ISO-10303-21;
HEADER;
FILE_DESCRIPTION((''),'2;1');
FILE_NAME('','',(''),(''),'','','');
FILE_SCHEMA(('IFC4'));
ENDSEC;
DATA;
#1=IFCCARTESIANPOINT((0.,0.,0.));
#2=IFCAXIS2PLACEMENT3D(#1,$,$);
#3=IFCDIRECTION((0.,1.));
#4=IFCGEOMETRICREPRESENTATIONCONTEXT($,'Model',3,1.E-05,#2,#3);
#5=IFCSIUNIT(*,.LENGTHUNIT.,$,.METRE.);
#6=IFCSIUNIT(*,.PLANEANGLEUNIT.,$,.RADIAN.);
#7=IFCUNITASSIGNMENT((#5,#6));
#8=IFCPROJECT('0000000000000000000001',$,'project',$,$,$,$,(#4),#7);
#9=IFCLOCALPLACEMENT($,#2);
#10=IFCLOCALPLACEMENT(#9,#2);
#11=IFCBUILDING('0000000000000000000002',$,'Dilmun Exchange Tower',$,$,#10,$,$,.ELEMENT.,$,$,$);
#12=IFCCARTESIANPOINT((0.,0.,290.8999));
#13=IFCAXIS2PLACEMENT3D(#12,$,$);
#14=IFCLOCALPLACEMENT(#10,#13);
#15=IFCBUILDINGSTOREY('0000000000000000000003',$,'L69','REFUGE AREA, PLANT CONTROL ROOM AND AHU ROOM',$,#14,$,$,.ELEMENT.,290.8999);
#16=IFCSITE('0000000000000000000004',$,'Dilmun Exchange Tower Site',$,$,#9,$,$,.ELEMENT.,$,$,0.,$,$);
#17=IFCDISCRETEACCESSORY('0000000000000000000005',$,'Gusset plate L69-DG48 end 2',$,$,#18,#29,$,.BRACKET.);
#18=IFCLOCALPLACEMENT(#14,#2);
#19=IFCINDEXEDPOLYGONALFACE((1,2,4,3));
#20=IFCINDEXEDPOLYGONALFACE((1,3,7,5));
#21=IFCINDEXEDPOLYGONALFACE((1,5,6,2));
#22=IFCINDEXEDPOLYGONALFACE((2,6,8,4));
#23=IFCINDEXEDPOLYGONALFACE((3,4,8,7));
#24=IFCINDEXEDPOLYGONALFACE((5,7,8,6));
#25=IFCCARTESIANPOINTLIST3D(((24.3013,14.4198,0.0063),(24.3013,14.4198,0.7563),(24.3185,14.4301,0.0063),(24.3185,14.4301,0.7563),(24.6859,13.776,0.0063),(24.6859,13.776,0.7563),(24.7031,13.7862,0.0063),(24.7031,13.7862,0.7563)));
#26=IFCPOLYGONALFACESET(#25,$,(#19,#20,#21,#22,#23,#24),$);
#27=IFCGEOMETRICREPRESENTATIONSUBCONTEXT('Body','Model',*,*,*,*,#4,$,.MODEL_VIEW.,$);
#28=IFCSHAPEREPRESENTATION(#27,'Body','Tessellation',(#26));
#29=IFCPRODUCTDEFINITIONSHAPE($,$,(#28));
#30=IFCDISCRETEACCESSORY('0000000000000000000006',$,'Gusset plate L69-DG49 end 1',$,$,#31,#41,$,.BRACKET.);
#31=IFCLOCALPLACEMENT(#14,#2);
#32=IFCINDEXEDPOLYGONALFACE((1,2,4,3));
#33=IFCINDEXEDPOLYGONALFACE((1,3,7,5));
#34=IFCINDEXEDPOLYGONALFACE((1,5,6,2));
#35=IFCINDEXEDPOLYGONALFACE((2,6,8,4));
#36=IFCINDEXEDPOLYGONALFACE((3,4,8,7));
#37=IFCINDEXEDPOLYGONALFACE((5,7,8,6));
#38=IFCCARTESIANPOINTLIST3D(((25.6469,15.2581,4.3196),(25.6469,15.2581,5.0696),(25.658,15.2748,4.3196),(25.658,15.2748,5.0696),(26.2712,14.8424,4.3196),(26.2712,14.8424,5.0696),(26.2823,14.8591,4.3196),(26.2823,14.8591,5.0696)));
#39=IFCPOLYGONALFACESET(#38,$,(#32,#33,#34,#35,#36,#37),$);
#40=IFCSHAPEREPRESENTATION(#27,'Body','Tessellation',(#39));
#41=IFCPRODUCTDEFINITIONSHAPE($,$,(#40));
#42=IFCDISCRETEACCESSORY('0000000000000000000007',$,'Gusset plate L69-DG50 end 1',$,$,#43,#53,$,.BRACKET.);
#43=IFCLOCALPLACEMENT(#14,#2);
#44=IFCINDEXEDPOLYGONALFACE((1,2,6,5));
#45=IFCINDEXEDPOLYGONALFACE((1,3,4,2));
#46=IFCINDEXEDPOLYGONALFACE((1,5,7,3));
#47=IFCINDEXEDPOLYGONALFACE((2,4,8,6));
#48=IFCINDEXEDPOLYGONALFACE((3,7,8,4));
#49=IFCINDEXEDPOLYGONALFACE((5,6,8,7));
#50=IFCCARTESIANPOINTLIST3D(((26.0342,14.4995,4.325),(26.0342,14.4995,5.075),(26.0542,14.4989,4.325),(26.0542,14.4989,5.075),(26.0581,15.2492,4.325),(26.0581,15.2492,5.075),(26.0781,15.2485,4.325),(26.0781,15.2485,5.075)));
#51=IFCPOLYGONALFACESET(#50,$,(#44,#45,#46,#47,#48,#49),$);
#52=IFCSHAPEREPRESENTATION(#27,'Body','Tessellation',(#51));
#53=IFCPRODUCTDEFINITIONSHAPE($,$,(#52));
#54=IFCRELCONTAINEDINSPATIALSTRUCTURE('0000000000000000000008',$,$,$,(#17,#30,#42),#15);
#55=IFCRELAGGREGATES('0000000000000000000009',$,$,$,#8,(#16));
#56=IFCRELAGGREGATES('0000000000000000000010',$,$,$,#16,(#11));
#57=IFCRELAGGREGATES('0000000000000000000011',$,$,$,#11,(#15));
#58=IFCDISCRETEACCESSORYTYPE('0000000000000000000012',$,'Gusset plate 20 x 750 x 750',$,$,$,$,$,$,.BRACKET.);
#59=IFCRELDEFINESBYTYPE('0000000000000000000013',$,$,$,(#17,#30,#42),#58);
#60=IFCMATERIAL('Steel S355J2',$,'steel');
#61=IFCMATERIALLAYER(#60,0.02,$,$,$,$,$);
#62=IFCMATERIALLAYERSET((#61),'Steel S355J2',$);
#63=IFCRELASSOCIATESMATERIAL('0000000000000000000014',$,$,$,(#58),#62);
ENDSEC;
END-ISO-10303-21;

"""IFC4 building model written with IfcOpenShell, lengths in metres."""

from ifc_helpers import new_model, si_unit, direction, frame, origin, origin_2d, place, context, subcontext, project, spatial, rectangle, extrude, material, layer, layer_set, type_object, element, save


model = new_model("IFC4")

# Units and contexts
model_context = context("Model", 3, precision=1e-05, world=origin(), true_north=direction((0.0, 1.0)))
body_context = subcontext(model_context, "Body", "Model", "MODEL_VIEW")
ifc_project = project(units=[si_unit("LENGTHUNIT", "METRE"), si_unit("PLANEANGLEUNIT", "RADIAN")], contexts=[model_context])

# Site, building, storey
site_placement = place(None, origin())
site = spatial("IfcSite", under=ifc_project, at=site_placement, Name="Dilmun Exchange Tower Site", CompositionType="ELEMENT", RefElevation=0.0)
building_placement = place(site_placement, origin())
building = spatial("IfcBuilding", under=site, at=building_placement, Name="Dilmun Exchange Tower", CompositionType="ELEMENT")
storey_placement = place(building_placement, frame((0.0, 0.0, 290.8999)))
storey = spatial("IfcBuildingStorey", under=building, at=storey_placement, Name="L69", Description="REFUGE AREA, PLANT CONTROL ROOM AND AHU ROOM", CompositionType="ELEMENT", Elevation=290.8999)

# Discrete accessories
ifc_material_1 = material(Name="Steel S355J2", Category="steel")
ifc_layer_1 = layer(ifc_material_1, 0.02)
ifc_layer_set_1 = layer_set([ifc_layer_1], Name="Steel S355J2")
discrete_accessory_type = type_object("IfcDiscreteAccessoryType", Name="Gusset plate 20 x 750 x 750", PredefinedType="BRACKET", material=ifc_layer_set_1)
for number, where, z_axis, x_axis, name in (
    (1, (24.5022, 14.103, 0.0063), (0.0, 0.0, 1.0), (-0.512893, 0.858453, 0.0), "Gusset plate L69-DG48 end 2"),
    (2, (25.9646, 15.0586, 4.3196), (0.0, 0.0, 1.0), (-0.832345, 0.554258, 0.0), "Gusset plate L69-DG49 end 1"),
    (3, (26.0562, 14.874, 4.325), (0.0, 0.0, 1.0), (-0.03192, -0.99949, 0.0), "Gusset plate L69-DG50 end 1"),
):
    element("IfcDiscreteAccessory", number, at=place(storey_placement, frame(where, z_axis=z_axis, x_axis=x_axis)), inside=storey, type_object=discrete_accessory_type, Name=name, PredefinedType="BRACKET", context=body_context, shape_type="SweptSolid", body=[
        extrude(rectangle(XDim=0.75, YDim=0.02, at=origin_2d()), origin(), (0.0, 0.0, 1.0), 0.75),
    ])

save(model, "model.ifc")
